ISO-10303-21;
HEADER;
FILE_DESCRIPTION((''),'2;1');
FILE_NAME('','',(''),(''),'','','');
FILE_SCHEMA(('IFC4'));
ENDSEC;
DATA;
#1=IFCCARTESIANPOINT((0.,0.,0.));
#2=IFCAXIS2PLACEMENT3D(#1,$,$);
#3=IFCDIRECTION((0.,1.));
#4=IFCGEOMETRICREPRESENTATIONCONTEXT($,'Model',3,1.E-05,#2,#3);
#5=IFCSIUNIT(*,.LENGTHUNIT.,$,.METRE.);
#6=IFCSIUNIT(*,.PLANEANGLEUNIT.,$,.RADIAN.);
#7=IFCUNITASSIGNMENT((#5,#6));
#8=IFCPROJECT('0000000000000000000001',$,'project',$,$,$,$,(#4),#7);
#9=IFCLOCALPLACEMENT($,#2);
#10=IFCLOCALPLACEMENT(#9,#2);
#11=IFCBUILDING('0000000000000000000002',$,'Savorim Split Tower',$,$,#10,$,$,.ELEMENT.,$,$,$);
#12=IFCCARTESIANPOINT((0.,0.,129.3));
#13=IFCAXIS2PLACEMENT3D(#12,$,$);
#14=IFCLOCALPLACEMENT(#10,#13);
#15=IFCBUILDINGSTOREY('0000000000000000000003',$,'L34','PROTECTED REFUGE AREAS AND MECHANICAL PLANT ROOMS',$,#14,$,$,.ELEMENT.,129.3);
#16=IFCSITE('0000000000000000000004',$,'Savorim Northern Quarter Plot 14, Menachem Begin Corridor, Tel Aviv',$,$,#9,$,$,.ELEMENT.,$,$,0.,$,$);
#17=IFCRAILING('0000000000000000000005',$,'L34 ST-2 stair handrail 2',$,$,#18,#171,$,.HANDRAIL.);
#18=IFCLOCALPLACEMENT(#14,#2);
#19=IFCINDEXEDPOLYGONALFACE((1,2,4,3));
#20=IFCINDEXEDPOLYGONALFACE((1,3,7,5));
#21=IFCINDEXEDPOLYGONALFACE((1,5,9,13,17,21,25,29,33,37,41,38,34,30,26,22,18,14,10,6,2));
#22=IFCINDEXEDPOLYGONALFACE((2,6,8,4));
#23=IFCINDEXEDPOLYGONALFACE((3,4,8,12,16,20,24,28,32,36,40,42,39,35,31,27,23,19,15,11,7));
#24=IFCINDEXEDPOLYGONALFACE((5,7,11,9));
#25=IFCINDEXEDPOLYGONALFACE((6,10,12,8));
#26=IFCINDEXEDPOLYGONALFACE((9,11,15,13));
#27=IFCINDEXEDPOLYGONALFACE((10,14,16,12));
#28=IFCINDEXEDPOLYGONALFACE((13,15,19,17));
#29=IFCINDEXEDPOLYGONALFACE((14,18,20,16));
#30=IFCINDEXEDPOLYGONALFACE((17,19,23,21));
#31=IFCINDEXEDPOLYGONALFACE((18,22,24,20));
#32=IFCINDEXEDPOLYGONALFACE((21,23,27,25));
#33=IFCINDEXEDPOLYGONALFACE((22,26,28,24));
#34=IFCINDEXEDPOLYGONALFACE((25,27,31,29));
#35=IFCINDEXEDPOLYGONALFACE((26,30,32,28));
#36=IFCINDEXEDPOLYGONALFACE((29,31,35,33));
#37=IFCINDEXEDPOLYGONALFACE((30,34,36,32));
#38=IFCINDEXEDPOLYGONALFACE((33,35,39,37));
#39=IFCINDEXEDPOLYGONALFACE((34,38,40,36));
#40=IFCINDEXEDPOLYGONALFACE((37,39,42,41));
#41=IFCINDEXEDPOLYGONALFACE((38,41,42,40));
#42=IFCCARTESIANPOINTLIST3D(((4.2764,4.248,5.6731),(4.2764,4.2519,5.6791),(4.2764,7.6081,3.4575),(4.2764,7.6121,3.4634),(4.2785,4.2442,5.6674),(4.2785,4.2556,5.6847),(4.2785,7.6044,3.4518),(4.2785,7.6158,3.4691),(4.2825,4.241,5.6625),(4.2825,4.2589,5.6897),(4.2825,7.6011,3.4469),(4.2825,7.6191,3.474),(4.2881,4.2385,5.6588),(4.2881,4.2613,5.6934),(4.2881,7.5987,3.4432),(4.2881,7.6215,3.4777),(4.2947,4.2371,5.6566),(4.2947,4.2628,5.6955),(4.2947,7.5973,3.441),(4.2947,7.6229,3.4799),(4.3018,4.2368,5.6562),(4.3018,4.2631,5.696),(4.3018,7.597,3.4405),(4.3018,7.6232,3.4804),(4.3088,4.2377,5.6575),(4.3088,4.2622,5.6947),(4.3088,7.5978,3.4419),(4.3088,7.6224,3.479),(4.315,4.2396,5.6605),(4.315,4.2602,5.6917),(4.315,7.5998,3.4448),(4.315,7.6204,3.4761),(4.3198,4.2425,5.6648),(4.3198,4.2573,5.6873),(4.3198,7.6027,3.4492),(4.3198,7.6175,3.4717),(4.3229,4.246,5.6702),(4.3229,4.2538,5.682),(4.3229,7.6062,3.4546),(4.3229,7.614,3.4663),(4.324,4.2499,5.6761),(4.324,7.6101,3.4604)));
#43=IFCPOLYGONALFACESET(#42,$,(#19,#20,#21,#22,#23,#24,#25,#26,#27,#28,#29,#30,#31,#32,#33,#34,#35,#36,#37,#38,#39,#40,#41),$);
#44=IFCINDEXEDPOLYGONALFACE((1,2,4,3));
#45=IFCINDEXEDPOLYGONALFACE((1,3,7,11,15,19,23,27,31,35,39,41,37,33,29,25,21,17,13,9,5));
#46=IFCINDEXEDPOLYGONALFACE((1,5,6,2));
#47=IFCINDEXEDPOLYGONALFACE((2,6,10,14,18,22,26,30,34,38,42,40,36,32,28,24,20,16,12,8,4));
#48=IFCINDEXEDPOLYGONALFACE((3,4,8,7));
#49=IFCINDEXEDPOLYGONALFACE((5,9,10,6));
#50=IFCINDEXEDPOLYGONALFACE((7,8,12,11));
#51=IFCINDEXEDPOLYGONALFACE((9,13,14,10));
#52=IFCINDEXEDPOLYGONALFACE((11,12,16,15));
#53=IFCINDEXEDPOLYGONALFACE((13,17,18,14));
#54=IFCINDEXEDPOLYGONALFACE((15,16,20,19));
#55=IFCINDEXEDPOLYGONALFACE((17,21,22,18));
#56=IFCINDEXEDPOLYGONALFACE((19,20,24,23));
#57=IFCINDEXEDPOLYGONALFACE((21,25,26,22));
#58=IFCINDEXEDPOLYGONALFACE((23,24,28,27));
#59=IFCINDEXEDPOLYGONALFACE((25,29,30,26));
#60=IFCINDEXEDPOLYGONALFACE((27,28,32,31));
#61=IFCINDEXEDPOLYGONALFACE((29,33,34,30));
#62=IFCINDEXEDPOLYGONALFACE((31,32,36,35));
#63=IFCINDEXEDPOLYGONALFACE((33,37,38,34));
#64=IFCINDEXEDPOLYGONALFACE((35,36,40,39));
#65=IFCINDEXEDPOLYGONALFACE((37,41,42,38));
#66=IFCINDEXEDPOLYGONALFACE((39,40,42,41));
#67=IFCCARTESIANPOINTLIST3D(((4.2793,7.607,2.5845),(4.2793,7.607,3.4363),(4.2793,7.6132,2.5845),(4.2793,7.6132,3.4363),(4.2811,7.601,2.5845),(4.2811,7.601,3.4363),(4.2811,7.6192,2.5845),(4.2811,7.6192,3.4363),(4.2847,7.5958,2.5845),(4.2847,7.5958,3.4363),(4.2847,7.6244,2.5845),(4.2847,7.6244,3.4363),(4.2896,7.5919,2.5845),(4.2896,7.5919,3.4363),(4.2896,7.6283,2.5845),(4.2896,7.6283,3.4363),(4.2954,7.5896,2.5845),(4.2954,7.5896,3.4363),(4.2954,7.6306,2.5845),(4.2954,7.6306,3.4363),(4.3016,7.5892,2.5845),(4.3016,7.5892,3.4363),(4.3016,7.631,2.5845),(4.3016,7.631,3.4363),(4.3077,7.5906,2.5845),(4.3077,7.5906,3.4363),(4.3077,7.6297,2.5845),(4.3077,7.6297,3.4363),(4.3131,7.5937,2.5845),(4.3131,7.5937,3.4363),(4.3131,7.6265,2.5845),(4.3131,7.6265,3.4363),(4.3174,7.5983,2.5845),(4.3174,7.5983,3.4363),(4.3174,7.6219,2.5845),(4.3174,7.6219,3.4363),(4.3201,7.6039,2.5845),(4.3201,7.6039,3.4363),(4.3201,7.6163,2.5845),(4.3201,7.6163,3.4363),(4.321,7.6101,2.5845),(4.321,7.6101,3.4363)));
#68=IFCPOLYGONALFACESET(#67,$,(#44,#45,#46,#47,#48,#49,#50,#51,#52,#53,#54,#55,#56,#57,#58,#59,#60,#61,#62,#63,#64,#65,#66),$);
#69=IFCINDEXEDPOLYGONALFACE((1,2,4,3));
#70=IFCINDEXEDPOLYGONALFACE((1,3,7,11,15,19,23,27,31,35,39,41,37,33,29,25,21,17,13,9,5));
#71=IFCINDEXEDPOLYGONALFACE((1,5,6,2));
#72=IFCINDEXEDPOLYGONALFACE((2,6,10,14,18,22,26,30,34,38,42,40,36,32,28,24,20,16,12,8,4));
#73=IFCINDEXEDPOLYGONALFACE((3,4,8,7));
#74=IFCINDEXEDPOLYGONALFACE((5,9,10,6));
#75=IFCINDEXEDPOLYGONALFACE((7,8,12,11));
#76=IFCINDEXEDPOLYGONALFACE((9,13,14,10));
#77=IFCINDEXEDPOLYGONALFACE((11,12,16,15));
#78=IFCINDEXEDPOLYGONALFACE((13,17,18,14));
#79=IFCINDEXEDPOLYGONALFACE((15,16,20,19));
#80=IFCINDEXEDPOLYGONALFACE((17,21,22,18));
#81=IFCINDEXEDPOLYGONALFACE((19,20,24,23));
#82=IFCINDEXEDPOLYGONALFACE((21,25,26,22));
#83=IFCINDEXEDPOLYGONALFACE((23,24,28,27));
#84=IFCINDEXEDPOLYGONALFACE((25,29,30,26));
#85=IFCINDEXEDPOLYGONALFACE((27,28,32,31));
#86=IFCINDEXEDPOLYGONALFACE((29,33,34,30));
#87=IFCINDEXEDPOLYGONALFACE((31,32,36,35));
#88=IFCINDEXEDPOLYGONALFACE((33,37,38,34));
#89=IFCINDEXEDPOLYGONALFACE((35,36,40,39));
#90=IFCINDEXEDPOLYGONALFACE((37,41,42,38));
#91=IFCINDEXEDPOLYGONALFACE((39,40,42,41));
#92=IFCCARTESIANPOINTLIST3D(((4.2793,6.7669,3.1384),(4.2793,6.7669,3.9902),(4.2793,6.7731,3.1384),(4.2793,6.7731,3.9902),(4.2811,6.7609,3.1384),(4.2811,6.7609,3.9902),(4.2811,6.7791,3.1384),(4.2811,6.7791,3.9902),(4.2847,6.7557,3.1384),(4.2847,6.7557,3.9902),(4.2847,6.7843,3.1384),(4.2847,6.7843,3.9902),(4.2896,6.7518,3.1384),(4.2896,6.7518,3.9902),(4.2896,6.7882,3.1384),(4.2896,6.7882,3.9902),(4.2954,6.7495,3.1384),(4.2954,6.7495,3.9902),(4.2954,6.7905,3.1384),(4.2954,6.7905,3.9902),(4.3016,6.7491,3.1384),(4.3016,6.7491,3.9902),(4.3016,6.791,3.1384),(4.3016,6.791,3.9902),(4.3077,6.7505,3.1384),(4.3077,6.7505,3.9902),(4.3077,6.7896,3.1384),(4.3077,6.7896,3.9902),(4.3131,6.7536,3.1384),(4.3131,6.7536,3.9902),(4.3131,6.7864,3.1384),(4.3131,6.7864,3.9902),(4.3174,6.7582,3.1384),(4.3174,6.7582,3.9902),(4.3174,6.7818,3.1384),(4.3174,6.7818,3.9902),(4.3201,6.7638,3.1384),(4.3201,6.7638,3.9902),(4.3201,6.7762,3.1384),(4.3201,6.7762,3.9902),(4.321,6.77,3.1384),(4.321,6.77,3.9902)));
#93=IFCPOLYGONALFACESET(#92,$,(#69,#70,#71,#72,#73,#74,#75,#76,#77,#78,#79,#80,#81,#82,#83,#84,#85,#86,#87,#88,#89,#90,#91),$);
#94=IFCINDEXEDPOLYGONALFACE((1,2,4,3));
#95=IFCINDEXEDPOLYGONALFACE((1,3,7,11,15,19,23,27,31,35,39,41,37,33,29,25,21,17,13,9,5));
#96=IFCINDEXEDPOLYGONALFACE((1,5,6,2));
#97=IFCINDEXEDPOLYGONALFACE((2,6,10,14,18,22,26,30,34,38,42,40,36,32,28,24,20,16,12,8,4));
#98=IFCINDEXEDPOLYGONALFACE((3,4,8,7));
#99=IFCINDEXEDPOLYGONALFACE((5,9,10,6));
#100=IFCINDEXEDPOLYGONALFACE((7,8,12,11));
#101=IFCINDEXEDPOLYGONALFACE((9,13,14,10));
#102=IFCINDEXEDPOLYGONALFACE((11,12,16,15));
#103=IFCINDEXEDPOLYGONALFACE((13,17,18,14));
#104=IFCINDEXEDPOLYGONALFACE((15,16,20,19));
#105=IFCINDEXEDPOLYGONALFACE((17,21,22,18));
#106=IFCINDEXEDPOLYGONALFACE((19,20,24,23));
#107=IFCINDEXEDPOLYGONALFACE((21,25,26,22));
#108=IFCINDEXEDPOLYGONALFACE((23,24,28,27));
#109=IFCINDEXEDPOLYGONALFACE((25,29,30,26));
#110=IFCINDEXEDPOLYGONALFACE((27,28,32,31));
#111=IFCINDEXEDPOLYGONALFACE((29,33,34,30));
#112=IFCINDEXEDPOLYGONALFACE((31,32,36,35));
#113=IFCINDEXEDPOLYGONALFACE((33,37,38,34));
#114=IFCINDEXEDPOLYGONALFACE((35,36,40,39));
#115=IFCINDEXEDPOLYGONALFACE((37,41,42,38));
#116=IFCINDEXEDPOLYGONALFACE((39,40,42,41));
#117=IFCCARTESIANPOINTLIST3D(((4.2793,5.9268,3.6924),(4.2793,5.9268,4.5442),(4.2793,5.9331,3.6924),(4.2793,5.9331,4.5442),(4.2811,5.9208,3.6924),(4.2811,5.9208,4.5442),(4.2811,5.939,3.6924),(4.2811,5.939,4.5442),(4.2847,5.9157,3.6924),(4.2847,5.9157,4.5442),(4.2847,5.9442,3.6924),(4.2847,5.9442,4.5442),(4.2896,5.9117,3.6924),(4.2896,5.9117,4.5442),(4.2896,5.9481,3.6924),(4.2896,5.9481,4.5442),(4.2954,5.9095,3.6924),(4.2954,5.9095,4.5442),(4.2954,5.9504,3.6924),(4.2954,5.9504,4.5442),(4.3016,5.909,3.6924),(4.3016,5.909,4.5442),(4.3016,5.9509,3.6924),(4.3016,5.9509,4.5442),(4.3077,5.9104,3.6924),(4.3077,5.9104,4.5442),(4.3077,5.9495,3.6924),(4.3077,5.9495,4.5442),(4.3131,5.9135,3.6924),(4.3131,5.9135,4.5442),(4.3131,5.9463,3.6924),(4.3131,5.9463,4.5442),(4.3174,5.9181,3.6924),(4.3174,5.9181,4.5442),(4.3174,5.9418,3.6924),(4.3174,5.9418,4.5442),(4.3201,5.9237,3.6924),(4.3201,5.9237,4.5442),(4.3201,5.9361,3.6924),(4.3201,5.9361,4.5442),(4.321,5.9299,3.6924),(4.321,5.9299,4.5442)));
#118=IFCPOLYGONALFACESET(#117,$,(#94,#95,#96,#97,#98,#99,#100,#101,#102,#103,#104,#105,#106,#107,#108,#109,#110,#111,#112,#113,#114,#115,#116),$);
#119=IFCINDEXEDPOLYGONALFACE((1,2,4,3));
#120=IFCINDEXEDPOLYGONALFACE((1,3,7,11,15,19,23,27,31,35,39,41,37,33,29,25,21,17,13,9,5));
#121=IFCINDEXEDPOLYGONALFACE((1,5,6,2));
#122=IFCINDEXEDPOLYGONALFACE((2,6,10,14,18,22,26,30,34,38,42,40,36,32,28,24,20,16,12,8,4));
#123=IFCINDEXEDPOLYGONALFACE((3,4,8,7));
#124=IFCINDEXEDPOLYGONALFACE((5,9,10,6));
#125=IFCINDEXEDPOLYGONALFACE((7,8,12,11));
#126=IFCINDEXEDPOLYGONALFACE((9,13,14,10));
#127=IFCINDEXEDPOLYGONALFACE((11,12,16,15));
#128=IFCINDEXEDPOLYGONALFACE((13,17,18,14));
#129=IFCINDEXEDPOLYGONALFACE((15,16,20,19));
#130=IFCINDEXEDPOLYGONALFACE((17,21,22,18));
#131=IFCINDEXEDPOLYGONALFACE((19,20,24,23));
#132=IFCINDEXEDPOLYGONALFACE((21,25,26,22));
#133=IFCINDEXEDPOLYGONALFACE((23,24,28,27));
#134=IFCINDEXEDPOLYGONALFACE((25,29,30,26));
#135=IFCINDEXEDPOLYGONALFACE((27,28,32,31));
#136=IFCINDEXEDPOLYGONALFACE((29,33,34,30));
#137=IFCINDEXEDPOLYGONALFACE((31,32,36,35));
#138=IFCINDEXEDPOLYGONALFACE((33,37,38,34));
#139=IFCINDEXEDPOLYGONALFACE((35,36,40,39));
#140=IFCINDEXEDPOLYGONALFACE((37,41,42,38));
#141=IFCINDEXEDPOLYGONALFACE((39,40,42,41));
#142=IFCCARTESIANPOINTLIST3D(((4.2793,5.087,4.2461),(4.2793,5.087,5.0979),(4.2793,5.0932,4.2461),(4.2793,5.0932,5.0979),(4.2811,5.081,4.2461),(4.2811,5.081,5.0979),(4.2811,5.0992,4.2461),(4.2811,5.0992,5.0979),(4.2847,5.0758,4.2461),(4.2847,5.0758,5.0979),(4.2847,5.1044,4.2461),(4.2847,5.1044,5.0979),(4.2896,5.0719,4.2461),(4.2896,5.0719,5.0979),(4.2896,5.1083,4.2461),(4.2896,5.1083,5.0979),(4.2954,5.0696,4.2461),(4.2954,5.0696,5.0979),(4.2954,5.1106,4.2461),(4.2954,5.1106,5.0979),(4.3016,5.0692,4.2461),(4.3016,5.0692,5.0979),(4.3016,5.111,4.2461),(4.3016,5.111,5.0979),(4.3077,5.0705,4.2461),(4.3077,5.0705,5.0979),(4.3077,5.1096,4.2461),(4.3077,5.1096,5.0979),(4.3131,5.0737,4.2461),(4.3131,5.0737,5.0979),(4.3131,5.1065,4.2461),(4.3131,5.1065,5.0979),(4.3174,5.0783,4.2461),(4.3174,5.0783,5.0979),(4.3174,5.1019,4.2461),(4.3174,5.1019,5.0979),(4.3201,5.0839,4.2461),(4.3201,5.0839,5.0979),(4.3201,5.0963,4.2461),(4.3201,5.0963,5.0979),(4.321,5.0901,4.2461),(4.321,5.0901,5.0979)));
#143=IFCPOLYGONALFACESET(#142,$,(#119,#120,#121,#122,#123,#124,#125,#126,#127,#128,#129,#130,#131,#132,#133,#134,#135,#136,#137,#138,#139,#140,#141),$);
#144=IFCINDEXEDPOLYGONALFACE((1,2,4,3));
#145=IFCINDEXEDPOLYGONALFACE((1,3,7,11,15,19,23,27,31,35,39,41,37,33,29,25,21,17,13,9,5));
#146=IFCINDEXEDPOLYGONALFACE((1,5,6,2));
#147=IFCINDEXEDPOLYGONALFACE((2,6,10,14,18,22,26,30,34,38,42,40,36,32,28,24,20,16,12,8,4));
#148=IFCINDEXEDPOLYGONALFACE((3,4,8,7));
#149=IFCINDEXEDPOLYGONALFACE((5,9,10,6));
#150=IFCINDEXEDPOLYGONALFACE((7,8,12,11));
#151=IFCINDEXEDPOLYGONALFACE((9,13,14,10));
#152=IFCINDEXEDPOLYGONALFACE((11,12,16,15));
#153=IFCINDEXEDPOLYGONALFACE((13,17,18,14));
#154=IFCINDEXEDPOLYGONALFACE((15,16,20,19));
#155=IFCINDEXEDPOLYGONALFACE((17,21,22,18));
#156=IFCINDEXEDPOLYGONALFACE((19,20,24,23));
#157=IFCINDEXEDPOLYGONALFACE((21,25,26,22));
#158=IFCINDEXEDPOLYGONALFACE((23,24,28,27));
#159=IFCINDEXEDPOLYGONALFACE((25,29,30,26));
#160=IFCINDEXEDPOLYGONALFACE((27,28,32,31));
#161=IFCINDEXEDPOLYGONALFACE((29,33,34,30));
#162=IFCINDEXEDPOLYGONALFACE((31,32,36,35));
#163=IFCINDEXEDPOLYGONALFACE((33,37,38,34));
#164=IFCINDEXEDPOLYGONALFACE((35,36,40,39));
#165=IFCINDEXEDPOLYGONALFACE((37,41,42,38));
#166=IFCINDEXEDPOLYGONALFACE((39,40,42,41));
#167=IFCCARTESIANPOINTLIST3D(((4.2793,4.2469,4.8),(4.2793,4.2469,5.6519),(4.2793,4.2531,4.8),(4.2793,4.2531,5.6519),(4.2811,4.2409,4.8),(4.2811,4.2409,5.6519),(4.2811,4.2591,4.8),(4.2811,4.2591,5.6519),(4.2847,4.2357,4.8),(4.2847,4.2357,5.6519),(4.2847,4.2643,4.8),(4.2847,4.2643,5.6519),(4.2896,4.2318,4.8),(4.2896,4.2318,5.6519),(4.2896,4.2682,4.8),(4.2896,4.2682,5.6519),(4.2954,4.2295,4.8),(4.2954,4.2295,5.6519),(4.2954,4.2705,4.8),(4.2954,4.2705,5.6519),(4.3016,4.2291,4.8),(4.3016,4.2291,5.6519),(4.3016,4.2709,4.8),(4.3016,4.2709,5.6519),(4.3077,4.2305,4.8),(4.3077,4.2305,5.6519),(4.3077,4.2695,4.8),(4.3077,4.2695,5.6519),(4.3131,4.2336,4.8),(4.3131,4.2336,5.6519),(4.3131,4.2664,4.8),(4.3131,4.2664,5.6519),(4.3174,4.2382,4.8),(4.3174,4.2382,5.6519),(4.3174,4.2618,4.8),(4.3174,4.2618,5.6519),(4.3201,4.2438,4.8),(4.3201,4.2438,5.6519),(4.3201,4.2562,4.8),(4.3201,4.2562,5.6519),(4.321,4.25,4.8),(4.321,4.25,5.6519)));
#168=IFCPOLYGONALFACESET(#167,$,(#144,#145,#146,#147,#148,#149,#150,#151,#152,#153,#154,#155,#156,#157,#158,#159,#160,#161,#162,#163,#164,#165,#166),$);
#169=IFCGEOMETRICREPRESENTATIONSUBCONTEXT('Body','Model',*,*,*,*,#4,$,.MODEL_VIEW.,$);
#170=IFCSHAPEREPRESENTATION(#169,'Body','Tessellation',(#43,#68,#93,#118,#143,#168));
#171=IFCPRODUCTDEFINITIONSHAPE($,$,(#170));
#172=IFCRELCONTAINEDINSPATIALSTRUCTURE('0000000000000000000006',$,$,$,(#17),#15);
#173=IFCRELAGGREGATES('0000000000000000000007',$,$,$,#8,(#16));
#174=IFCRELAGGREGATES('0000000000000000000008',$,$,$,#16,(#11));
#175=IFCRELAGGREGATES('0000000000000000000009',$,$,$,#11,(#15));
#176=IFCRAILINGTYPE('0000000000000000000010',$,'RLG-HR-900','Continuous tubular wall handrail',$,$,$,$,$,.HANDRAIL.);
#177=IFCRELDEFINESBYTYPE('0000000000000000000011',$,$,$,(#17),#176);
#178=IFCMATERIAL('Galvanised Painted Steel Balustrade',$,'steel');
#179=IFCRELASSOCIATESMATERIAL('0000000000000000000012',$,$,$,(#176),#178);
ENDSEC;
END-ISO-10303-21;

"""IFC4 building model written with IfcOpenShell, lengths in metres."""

from ifc_helpers import new_model, si_unit, direction, frame, origin, origin_2d, place, context, subcontext, project, spatial, circle, extrude, material, type_object, element, save


model = new_model("IFC4")

# Units and contexts
model_context = context("Model", 3, precision=1e-05, world=origin(), true_north=direction((0.0, 1.0)))
body_context = subcontext(model_context, "Body", "Model", "MODEL_VIEW")
ifc_project = project(units=[si_unit("LENGTHUNIT", "METRE"), si_unit("PLANEANGLEUNIT", "RADIAN")], contexts=[model_context])

# Site, building, storey
site_placement = place(None, origin())
site = spatial("IfcSite", under=ifc_project, at=site_placement, Name="Savorim Northern Quarter Plot 14, Menachem Begin Corridor, Tel Aviv", CompositionType="ELEMENT", RefElevation=0.0)
building_placement = place(site_placement, origin())
building = spatial("IfcBuilding", under=site, at=building_placement, Name="Savorim Split Tower", CompositionType="ELEMENT")
storey_placement = place(building_placement, frame((0.0, 0.0, 129.3)))
storey = spatial("IfcBuildingStorey", under=building, at=storey_placement, Name="L34", Description="PROTECTED REFUGE AREAS AND MECHANICAL PLANT ROOMS", CompositionType="ELEMENT", Elevation=129.3)

# Shared definitions
ifc_material_1 = material(Name="Galvanised Painted Steel Balustrade", Category="steel")

# Railing
railing_type_1 = type_object("IfcRailingType", Name="RLG-HR-900", Description="Continuous tubular wall handrail", PredefinedType="HANDRAIL", material=ifc_material_1)
railing_1_placement = place(storey_placement, frame((4.3, 7.6101, 2.5845)))
element("IfcRailing", 1, at=railing_1_placement, inside=storey, type_object=railing_type_1, Name="L34 ST-2 stair handrail 2", PredefinedType="HANDRAIL", context=body_context, shape_type="SweptSolid", body=[
    extrude(circle(Radius=0.0239, at=origin_2d()), frame((0.0, 0.0, 0.876), z_axis=(0.0, -0.834849, 0.55048), x_axis=(1.0, 0.0, 0.0)), (0.0, 0.0, 1.0), 4.0249),
    extrude(circle(Radius=0.021, at=origin_2d()), origin(), (0.0, 0.0, 1.0), 0.8518),
    extrude(circle(Radius=0.021, at=origin_2d()), frame((0.0, -0.8401, 0.554)), (0.0, 0.0, 1.0), 0.8518),
    extrude(circle(Radius=0.021, at=origin_2d()), frame((0.0, -1.6802, 1.1079)), (0.0, 0.0, 1.0), 0.8518),
    extrude(circle(Radius=0.021, at=origin_2d()), frame((0.0, -2.52, 1.6616)), (0.0, 0.0, 1.0), 0.8518),
    extrude(circle(Radius=0.021, at=origin_2d()), frame((0.0, -3.3601, 2.2156)), (0.0, 0.0, 1.0), 0.8518),
])

save(model, "model.ifc")
